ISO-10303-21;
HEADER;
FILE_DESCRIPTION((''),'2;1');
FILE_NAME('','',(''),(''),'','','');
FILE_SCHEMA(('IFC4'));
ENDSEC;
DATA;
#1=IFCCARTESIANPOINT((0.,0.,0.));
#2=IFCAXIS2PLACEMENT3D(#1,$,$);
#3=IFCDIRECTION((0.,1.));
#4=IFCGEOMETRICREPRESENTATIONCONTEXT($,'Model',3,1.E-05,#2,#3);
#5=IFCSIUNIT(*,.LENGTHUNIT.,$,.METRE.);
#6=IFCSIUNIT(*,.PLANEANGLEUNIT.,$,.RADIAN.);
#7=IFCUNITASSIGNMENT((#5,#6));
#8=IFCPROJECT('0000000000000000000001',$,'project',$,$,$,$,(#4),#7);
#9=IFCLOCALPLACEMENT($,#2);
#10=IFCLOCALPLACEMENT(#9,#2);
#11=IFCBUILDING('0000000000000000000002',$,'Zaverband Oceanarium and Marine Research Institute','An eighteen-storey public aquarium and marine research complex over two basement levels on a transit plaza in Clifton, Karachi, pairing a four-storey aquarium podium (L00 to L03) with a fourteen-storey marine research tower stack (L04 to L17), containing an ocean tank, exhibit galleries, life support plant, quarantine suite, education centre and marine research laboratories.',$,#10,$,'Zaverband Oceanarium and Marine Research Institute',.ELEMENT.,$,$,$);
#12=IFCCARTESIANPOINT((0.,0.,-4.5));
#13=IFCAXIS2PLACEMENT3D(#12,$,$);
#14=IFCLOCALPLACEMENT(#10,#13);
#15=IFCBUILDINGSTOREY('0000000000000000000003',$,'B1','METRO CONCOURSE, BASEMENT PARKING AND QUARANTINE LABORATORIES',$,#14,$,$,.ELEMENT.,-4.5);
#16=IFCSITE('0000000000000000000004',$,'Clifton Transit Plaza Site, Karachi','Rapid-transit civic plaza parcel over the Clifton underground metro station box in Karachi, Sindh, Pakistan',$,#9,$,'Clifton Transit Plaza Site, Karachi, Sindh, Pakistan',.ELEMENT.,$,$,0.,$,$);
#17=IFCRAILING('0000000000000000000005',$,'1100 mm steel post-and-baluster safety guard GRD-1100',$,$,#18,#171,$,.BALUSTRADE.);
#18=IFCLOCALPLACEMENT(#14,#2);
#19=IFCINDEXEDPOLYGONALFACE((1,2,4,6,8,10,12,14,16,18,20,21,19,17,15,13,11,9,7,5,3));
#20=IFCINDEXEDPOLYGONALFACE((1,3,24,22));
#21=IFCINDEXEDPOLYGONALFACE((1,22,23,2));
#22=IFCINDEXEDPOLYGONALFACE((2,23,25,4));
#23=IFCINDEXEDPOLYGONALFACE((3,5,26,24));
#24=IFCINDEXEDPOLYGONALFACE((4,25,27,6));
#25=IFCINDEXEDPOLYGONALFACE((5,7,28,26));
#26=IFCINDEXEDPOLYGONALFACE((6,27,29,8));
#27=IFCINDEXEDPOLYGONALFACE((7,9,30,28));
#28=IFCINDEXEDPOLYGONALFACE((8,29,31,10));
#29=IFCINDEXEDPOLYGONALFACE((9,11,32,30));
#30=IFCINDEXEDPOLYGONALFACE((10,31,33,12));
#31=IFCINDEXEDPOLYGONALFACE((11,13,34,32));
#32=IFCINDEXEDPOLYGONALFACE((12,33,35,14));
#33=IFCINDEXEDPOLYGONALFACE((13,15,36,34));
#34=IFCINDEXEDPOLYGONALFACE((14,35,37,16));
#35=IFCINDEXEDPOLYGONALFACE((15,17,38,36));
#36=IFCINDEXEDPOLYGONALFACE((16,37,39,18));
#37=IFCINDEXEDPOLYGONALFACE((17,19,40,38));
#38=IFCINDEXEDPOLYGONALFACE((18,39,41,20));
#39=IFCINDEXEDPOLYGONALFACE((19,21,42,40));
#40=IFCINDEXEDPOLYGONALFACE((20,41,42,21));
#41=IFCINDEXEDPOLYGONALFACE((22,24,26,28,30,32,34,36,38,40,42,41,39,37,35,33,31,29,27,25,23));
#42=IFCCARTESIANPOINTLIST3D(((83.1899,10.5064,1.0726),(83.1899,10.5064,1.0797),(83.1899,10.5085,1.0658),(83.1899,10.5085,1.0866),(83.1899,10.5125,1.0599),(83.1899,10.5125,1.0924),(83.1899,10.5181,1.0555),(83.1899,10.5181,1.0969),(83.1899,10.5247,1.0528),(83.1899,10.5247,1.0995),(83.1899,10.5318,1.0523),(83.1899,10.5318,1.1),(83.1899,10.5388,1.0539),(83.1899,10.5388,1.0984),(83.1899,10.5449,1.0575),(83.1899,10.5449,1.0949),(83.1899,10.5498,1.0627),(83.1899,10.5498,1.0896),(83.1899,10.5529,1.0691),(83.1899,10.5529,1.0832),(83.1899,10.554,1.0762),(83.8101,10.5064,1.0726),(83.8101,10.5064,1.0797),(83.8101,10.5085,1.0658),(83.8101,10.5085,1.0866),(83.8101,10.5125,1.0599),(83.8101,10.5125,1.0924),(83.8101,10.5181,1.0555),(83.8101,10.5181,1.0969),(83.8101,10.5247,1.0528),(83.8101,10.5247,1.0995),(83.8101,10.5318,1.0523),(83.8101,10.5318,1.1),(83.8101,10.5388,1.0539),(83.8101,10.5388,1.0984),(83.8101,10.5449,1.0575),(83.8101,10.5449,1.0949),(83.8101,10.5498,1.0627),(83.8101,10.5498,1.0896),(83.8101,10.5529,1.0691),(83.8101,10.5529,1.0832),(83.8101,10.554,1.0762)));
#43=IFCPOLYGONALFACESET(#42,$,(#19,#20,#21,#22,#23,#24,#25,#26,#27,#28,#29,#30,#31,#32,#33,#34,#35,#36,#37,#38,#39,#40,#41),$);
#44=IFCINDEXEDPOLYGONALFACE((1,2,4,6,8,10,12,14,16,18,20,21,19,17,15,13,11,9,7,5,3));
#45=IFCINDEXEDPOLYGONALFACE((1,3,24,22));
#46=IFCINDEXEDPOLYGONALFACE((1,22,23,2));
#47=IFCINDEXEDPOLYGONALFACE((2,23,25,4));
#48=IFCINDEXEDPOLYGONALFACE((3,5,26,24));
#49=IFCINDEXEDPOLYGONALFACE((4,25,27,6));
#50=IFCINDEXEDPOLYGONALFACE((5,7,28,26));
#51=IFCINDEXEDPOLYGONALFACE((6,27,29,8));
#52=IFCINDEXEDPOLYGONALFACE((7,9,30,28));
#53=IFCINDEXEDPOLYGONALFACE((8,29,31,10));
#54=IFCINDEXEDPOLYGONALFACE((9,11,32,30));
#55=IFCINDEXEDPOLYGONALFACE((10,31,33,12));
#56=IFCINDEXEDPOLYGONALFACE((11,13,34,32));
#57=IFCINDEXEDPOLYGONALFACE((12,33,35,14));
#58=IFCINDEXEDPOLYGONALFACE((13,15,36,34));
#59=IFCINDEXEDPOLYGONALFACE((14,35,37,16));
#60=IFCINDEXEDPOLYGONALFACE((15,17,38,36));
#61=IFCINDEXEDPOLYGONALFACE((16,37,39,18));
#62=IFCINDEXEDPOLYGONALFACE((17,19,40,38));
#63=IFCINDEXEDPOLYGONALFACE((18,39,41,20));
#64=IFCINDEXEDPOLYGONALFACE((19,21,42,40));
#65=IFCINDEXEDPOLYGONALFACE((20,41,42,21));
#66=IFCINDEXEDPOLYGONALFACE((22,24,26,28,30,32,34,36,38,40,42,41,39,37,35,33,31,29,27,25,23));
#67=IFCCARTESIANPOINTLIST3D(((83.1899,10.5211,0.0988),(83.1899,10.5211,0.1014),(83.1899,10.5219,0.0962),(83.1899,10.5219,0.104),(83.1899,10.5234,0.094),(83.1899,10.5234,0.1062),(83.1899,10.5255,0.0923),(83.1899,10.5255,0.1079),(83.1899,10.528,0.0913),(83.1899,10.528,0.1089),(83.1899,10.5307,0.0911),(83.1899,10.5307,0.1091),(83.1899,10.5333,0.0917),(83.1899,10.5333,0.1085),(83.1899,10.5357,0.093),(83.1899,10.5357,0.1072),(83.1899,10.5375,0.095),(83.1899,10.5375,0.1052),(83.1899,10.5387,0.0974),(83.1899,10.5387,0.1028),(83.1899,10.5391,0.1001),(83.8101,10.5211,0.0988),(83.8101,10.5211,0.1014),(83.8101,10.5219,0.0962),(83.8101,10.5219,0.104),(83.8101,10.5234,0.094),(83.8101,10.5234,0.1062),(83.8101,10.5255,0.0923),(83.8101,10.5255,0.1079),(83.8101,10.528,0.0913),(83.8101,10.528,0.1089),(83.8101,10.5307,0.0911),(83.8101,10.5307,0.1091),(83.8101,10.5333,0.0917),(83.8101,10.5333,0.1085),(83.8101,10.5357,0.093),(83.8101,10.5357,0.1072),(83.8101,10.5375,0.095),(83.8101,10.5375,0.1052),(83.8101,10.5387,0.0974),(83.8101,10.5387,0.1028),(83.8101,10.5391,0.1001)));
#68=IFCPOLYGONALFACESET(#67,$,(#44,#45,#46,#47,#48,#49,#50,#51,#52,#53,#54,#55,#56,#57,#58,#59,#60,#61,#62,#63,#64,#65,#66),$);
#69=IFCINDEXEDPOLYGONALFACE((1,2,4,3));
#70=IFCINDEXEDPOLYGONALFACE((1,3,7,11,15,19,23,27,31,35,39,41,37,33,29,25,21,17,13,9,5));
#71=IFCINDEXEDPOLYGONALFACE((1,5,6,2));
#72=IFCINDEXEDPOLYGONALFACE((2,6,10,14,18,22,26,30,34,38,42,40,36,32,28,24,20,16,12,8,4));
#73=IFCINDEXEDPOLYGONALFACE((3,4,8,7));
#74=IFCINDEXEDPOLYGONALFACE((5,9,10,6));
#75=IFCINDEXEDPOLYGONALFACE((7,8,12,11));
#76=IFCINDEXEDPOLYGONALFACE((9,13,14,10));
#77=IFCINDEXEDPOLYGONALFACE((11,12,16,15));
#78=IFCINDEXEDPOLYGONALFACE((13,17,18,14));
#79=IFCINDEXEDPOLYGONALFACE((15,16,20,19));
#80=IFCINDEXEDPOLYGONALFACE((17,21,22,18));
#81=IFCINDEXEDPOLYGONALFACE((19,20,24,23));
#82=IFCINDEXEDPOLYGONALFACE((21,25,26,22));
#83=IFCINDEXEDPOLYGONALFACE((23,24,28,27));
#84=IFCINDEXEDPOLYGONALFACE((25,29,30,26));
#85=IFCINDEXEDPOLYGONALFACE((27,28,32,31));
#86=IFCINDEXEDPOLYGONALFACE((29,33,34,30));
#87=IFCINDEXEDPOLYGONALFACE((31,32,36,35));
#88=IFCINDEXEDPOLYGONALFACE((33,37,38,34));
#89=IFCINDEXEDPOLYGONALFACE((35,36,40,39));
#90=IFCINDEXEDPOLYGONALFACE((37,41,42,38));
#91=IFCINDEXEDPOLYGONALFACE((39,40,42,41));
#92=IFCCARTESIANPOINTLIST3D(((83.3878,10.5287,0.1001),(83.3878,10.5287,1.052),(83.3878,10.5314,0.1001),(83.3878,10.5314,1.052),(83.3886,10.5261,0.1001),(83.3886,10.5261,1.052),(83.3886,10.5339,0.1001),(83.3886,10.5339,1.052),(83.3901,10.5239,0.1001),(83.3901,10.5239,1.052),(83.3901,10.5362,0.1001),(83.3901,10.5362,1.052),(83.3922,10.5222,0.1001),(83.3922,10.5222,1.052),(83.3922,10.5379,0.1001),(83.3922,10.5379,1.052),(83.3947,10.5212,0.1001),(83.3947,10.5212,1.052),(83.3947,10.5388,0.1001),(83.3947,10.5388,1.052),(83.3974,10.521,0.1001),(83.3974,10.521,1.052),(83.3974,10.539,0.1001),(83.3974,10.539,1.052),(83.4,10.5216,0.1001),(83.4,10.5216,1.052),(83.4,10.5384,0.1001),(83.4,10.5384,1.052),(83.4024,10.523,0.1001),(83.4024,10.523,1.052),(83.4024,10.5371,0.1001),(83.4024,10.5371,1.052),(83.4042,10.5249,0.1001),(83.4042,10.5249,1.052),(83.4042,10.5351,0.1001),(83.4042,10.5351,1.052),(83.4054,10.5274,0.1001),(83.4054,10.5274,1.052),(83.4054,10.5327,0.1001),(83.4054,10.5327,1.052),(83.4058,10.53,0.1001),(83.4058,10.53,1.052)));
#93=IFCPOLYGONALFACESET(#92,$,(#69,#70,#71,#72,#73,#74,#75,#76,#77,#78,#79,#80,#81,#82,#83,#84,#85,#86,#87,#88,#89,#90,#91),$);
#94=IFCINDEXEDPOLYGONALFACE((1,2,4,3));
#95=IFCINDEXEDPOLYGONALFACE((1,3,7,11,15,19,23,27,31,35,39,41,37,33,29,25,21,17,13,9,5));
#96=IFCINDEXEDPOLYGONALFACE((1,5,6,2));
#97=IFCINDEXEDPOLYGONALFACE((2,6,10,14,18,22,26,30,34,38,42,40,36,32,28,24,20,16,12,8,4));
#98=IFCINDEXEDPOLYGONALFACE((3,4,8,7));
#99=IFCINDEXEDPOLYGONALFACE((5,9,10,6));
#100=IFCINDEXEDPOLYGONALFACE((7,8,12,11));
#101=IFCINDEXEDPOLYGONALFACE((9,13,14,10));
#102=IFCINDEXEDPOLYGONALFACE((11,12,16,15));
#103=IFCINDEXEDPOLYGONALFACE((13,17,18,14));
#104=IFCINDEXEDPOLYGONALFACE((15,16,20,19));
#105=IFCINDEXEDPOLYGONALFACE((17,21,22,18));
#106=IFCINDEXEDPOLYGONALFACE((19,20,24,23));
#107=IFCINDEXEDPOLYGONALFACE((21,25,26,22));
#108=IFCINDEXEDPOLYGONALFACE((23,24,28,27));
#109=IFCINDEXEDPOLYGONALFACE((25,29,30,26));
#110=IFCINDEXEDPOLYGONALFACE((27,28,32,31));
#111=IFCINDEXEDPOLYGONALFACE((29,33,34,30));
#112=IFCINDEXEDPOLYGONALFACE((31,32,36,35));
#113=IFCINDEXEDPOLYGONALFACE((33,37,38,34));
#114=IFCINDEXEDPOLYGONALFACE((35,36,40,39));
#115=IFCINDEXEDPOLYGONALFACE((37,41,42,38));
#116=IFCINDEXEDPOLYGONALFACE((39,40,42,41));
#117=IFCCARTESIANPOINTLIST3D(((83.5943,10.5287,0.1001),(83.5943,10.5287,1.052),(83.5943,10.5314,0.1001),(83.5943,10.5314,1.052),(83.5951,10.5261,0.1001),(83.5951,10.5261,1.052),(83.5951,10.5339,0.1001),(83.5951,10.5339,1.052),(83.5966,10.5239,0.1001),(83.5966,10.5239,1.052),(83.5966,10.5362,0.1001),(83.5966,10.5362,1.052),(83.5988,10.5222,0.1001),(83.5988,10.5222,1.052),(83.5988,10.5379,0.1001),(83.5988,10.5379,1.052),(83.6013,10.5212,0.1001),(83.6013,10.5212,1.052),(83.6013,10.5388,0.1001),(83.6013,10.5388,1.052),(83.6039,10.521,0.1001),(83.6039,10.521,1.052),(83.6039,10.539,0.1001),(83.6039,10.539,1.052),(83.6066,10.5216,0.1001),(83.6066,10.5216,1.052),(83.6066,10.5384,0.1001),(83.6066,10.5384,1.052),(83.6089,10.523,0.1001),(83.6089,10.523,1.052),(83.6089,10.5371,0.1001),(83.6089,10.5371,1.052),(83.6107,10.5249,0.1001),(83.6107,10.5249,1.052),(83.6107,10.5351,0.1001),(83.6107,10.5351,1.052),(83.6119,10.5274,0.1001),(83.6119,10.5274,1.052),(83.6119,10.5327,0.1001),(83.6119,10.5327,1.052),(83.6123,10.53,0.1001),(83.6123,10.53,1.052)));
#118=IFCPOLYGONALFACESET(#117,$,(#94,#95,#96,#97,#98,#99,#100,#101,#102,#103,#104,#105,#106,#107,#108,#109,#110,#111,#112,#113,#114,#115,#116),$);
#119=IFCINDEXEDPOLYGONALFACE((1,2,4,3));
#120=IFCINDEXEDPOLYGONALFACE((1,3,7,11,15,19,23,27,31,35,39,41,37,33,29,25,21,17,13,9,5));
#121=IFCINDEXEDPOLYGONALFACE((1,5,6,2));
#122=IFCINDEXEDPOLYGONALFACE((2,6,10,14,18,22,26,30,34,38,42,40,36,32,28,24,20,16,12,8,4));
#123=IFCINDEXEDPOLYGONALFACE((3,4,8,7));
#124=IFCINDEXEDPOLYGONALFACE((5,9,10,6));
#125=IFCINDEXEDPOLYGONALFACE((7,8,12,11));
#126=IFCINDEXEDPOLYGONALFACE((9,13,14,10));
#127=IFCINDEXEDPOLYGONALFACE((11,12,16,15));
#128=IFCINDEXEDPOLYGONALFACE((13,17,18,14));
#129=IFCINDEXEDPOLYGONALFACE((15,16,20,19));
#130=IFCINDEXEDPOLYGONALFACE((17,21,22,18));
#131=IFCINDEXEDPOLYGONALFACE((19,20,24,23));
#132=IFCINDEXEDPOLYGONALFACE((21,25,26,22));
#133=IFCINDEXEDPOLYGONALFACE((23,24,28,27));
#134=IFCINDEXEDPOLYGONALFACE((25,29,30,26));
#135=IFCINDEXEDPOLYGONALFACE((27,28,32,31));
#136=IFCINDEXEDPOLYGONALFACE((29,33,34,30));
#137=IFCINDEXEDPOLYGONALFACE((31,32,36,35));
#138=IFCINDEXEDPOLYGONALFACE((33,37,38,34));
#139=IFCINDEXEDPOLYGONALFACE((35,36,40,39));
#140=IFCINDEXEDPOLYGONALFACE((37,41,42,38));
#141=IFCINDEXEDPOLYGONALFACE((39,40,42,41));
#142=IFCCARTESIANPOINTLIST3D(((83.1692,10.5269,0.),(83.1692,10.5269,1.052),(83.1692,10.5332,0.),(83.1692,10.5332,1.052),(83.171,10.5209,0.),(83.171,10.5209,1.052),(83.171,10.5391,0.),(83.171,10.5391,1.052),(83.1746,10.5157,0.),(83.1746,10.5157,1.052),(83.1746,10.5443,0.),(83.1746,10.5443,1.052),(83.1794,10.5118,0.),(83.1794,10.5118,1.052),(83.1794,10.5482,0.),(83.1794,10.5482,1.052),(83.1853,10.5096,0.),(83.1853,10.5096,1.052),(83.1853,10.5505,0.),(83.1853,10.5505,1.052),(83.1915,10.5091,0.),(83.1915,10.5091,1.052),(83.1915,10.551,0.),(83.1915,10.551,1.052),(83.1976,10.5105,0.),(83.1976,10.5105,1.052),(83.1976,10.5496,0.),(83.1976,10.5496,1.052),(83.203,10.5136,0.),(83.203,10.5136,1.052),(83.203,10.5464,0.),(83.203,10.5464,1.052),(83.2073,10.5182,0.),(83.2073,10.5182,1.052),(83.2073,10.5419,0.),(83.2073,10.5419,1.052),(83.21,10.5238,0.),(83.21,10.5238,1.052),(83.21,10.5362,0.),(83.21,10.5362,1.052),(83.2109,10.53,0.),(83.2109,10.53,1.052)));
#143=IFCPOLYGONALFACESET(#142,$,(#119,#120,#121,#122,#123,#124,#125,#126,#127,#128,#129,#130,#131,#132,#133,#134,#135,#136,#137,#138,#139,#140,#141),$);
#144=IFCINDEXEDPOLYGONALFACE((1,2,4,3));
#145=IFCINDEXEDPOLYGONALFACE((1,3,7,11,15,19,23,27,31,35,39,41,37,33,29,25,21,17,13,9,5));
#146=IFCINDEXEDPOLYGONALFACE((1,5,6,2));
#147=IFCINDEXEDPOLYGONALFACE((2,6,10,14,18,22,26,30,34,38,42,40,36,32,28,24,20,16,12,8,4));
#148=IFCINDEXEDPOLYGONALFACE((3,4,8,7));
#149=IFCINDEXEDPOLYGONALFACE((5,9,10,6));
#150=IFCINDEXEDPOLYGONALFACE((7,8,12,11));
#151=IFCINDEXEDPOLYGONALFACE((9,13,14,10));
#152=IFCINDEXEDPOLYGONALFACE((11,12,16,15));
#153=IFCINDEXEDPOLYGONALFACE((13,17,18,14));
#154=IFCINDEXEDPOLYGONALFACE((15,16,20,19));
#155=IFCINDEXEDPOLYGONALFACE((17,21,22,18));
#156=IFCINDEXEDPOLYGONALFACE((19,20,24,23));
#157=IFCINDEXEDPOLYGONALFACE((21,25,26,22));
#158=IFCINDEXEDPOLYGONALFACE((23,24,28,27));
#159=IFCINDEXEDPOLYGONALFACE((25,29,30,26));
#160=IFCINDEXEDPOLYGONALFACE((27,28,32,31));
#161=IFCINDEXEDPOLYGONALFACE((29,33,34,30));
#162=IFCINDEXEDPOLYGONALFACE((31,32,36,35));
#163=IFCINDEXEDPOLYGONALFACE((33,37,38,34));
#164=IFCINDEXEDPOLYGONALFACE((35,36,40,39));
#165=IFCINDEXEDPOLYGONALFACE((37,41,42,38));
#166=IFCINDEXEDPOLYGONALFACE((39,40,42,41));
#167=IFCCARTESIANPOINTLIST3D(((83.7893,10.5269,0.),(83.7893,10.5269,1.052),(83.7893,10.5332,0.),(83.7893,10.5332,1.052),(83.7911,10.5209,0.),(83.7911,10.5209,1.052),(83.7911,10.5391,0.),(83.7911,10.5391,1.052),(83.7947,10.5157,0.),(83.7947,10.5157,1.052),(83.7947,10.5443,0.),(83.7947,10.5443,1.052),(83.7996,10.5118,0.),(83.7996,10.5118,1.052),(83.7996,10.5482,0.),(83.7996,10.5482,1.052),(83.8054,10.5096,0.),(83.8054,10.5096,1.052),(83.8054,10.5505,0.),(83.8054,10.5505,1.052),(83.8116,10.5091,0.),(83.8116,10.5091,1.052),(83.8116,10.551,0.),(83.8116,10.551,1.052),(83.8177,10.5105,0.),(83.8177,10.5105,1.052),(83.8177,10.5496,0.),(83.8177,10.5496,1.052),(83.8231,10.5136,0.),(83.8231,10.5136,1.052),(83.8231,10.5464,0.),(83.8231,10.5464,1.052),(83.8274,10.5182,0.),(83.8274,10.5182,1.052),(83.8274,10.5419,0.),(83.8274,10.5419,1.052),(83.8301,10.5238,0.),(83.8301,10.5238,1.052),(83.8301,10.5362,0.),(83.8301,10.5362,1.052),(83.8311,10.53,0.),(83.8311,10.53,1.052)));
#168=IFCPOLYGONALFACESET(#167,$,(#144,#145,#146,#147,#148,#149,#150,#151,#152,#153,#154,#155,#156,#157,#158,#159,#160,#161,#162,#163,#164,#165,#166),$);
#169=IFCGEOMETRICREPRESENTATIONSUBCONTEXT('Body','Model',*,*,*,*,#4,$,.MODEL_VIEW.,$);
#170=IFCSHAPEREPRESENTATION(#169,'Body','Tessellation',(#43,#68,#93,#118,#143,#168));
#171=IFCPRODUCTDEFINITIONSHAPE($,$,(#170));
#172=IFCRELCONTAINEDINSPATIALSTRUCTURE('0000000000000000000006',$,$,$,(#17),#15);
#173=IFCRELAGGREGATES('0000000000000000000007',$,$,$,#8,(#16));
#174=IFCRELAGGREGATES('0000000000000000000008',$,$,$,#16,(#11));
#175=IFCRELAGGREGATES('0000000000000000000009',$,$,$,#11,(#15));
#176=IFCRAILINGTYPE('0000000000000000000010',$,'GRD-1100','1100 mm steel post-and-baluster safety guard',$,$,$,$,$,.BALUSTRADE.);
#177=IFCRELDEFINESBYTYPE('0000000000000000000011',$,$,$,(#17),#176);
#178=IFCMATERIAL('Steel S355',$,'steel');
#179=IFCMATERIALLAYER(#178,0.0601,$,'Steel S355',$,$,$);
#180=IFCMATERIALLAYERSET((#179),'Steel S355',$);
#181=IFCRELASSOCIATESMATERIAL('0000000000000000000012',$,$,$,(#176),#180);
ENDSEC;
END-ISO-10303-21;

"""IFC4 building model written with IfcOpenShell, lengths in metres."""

from ifc_helpers import new_model, si_unit, direction, frame, origin, origin_2d, place, context, subcontext, project, spatial, circle, extrude, material, layer, layer_set, type_object, element, save


model = new_model("IFC4")

# Units and contexts
model_context = context("Model", 3, precision=1e-05, world=origin(), true_north=direction((0.0, 1.0)))
body_context = subcontext(model_context, "Body", "Model", "MODEL_VIEW")
ifc_project = project(units=[si_unit("LENGTHUNIT", "METRE"), si_unit("PLANEANGLEUNIT", "RADIAN")], contexts=[model_context])

# Site, building, storey
site_placement = place(None, origin())
site = spatial("IfcSite", under=ifc_project, at=site_placement, Name="Clifton Transit Plaza Site, Karachi", Description="Rapid-transit civic plaza parcel over the Clifton underground metro station box in Karachi, Sindh, Pakistan", LongName="Clifton Transit Plaza Site, Karachi, Sindh, Pakistan", CompositionType="ELEMENT", RefElevation=0.0)
building_placement = place(site_placement, origin())
building = spatial("IfcBuilding", under=site, at=building_placement, Name="Zaverband Oceanarium and Marine Research Institute", Description="An eighteen-storey public aquarium and marine research complex over two basement levels on a transit plaza in Clifton, Karachi, pairing a four-storey aquarium podium (L00 to L03) with a fourteen-storey marine research tower stack (L04 to L17), containing an ocean tank, exhibit galleries, life support plant, quarantine suite, education centre and marine research laboratories.", LongName="Zaverband Oceanarium and Marine Research Institute", CompositionType="ELEMENT")
storey_placement = place(building_placement, frame((0.0, 0.0, -4.5)))
storey = spatial("IfcBuildingStorey", under=building, at=storey_placement, Name="B1", Description="METRO CONCOURSE, BASEMENT PARKING AND QUARANTINE LABORATORIES", CompositionType="ELEMENT", Elevation=-4.5)

# Shared definitions
ifc_material_1 = material(Name="Steel S355", Category="steel")

# Railing
ifc_layer_1 = layer(ifc_material_1, 0.0601, Name="Steel S355")
ifc_layer_set_1 = layer_set([ifc_layer_1], Name="Steel S355")
railing_type_1 = type_object("IfcRailingType", Name="GRD-1100", Description="1100 mm steel post-and-baluster safety guard", PredefinedType="BALUSTRADE", material=ifc_layer_set_1)
railing_1_placement = place(storey_placement, frame((83.1899, 10.53, 0.0)))
element("IfcRailing", 1, at=railing_1_placement, inside=storey, type_object=railing_type_1, Name="1100 mm steel post-and-baluster safety guard GRD-1100", PredefinedType="BALUSTRADE", context=body_context, shape_type="SweptSolid", body=[
    extrude(circle(Radius=0.0239, at=origin_2d()), frame((0.0, 0.0, 1.0762), z_axis=(1.0, 0.0, 0.0), x_axis=(0.0, 1.0, 0.0)), (0.0, 0.0, 1.0), 0.6201),
    extrude(circle(Radius=0.009, at=origin_2d()), frame((0.0, 0.0, 0.1001), z_axis=(1.0, 0.0, 0.0), x_axis=(0.0, 1.0, 0.0)), (0.0, 0.0, 1.0), 0.6201),
    extrude(circle(Radius=0.009, at=origin_2d()), frame((0.2068, 0.0, 0.1001)), (0.0, 0.0, 1.0), 0.9519),
    extrude(circle(Radius=0.009, at=origin_2d()), frame((0.4133, 0.0, 0.1001)), (0.0, 0.0, 1.0), 0.9519),
    extrude(circle(Radius=0.021, at=origin_2d()), origin(), (0.0, 0.0, 1.0), 1.052),
    extrude(circle(Radius=0.021, at=origin_2d()), frame((0.6201, 0.0, 0.0)), (0.0, 0.0, 1.0), 1.052),
])

save(model, "model.ifc")
